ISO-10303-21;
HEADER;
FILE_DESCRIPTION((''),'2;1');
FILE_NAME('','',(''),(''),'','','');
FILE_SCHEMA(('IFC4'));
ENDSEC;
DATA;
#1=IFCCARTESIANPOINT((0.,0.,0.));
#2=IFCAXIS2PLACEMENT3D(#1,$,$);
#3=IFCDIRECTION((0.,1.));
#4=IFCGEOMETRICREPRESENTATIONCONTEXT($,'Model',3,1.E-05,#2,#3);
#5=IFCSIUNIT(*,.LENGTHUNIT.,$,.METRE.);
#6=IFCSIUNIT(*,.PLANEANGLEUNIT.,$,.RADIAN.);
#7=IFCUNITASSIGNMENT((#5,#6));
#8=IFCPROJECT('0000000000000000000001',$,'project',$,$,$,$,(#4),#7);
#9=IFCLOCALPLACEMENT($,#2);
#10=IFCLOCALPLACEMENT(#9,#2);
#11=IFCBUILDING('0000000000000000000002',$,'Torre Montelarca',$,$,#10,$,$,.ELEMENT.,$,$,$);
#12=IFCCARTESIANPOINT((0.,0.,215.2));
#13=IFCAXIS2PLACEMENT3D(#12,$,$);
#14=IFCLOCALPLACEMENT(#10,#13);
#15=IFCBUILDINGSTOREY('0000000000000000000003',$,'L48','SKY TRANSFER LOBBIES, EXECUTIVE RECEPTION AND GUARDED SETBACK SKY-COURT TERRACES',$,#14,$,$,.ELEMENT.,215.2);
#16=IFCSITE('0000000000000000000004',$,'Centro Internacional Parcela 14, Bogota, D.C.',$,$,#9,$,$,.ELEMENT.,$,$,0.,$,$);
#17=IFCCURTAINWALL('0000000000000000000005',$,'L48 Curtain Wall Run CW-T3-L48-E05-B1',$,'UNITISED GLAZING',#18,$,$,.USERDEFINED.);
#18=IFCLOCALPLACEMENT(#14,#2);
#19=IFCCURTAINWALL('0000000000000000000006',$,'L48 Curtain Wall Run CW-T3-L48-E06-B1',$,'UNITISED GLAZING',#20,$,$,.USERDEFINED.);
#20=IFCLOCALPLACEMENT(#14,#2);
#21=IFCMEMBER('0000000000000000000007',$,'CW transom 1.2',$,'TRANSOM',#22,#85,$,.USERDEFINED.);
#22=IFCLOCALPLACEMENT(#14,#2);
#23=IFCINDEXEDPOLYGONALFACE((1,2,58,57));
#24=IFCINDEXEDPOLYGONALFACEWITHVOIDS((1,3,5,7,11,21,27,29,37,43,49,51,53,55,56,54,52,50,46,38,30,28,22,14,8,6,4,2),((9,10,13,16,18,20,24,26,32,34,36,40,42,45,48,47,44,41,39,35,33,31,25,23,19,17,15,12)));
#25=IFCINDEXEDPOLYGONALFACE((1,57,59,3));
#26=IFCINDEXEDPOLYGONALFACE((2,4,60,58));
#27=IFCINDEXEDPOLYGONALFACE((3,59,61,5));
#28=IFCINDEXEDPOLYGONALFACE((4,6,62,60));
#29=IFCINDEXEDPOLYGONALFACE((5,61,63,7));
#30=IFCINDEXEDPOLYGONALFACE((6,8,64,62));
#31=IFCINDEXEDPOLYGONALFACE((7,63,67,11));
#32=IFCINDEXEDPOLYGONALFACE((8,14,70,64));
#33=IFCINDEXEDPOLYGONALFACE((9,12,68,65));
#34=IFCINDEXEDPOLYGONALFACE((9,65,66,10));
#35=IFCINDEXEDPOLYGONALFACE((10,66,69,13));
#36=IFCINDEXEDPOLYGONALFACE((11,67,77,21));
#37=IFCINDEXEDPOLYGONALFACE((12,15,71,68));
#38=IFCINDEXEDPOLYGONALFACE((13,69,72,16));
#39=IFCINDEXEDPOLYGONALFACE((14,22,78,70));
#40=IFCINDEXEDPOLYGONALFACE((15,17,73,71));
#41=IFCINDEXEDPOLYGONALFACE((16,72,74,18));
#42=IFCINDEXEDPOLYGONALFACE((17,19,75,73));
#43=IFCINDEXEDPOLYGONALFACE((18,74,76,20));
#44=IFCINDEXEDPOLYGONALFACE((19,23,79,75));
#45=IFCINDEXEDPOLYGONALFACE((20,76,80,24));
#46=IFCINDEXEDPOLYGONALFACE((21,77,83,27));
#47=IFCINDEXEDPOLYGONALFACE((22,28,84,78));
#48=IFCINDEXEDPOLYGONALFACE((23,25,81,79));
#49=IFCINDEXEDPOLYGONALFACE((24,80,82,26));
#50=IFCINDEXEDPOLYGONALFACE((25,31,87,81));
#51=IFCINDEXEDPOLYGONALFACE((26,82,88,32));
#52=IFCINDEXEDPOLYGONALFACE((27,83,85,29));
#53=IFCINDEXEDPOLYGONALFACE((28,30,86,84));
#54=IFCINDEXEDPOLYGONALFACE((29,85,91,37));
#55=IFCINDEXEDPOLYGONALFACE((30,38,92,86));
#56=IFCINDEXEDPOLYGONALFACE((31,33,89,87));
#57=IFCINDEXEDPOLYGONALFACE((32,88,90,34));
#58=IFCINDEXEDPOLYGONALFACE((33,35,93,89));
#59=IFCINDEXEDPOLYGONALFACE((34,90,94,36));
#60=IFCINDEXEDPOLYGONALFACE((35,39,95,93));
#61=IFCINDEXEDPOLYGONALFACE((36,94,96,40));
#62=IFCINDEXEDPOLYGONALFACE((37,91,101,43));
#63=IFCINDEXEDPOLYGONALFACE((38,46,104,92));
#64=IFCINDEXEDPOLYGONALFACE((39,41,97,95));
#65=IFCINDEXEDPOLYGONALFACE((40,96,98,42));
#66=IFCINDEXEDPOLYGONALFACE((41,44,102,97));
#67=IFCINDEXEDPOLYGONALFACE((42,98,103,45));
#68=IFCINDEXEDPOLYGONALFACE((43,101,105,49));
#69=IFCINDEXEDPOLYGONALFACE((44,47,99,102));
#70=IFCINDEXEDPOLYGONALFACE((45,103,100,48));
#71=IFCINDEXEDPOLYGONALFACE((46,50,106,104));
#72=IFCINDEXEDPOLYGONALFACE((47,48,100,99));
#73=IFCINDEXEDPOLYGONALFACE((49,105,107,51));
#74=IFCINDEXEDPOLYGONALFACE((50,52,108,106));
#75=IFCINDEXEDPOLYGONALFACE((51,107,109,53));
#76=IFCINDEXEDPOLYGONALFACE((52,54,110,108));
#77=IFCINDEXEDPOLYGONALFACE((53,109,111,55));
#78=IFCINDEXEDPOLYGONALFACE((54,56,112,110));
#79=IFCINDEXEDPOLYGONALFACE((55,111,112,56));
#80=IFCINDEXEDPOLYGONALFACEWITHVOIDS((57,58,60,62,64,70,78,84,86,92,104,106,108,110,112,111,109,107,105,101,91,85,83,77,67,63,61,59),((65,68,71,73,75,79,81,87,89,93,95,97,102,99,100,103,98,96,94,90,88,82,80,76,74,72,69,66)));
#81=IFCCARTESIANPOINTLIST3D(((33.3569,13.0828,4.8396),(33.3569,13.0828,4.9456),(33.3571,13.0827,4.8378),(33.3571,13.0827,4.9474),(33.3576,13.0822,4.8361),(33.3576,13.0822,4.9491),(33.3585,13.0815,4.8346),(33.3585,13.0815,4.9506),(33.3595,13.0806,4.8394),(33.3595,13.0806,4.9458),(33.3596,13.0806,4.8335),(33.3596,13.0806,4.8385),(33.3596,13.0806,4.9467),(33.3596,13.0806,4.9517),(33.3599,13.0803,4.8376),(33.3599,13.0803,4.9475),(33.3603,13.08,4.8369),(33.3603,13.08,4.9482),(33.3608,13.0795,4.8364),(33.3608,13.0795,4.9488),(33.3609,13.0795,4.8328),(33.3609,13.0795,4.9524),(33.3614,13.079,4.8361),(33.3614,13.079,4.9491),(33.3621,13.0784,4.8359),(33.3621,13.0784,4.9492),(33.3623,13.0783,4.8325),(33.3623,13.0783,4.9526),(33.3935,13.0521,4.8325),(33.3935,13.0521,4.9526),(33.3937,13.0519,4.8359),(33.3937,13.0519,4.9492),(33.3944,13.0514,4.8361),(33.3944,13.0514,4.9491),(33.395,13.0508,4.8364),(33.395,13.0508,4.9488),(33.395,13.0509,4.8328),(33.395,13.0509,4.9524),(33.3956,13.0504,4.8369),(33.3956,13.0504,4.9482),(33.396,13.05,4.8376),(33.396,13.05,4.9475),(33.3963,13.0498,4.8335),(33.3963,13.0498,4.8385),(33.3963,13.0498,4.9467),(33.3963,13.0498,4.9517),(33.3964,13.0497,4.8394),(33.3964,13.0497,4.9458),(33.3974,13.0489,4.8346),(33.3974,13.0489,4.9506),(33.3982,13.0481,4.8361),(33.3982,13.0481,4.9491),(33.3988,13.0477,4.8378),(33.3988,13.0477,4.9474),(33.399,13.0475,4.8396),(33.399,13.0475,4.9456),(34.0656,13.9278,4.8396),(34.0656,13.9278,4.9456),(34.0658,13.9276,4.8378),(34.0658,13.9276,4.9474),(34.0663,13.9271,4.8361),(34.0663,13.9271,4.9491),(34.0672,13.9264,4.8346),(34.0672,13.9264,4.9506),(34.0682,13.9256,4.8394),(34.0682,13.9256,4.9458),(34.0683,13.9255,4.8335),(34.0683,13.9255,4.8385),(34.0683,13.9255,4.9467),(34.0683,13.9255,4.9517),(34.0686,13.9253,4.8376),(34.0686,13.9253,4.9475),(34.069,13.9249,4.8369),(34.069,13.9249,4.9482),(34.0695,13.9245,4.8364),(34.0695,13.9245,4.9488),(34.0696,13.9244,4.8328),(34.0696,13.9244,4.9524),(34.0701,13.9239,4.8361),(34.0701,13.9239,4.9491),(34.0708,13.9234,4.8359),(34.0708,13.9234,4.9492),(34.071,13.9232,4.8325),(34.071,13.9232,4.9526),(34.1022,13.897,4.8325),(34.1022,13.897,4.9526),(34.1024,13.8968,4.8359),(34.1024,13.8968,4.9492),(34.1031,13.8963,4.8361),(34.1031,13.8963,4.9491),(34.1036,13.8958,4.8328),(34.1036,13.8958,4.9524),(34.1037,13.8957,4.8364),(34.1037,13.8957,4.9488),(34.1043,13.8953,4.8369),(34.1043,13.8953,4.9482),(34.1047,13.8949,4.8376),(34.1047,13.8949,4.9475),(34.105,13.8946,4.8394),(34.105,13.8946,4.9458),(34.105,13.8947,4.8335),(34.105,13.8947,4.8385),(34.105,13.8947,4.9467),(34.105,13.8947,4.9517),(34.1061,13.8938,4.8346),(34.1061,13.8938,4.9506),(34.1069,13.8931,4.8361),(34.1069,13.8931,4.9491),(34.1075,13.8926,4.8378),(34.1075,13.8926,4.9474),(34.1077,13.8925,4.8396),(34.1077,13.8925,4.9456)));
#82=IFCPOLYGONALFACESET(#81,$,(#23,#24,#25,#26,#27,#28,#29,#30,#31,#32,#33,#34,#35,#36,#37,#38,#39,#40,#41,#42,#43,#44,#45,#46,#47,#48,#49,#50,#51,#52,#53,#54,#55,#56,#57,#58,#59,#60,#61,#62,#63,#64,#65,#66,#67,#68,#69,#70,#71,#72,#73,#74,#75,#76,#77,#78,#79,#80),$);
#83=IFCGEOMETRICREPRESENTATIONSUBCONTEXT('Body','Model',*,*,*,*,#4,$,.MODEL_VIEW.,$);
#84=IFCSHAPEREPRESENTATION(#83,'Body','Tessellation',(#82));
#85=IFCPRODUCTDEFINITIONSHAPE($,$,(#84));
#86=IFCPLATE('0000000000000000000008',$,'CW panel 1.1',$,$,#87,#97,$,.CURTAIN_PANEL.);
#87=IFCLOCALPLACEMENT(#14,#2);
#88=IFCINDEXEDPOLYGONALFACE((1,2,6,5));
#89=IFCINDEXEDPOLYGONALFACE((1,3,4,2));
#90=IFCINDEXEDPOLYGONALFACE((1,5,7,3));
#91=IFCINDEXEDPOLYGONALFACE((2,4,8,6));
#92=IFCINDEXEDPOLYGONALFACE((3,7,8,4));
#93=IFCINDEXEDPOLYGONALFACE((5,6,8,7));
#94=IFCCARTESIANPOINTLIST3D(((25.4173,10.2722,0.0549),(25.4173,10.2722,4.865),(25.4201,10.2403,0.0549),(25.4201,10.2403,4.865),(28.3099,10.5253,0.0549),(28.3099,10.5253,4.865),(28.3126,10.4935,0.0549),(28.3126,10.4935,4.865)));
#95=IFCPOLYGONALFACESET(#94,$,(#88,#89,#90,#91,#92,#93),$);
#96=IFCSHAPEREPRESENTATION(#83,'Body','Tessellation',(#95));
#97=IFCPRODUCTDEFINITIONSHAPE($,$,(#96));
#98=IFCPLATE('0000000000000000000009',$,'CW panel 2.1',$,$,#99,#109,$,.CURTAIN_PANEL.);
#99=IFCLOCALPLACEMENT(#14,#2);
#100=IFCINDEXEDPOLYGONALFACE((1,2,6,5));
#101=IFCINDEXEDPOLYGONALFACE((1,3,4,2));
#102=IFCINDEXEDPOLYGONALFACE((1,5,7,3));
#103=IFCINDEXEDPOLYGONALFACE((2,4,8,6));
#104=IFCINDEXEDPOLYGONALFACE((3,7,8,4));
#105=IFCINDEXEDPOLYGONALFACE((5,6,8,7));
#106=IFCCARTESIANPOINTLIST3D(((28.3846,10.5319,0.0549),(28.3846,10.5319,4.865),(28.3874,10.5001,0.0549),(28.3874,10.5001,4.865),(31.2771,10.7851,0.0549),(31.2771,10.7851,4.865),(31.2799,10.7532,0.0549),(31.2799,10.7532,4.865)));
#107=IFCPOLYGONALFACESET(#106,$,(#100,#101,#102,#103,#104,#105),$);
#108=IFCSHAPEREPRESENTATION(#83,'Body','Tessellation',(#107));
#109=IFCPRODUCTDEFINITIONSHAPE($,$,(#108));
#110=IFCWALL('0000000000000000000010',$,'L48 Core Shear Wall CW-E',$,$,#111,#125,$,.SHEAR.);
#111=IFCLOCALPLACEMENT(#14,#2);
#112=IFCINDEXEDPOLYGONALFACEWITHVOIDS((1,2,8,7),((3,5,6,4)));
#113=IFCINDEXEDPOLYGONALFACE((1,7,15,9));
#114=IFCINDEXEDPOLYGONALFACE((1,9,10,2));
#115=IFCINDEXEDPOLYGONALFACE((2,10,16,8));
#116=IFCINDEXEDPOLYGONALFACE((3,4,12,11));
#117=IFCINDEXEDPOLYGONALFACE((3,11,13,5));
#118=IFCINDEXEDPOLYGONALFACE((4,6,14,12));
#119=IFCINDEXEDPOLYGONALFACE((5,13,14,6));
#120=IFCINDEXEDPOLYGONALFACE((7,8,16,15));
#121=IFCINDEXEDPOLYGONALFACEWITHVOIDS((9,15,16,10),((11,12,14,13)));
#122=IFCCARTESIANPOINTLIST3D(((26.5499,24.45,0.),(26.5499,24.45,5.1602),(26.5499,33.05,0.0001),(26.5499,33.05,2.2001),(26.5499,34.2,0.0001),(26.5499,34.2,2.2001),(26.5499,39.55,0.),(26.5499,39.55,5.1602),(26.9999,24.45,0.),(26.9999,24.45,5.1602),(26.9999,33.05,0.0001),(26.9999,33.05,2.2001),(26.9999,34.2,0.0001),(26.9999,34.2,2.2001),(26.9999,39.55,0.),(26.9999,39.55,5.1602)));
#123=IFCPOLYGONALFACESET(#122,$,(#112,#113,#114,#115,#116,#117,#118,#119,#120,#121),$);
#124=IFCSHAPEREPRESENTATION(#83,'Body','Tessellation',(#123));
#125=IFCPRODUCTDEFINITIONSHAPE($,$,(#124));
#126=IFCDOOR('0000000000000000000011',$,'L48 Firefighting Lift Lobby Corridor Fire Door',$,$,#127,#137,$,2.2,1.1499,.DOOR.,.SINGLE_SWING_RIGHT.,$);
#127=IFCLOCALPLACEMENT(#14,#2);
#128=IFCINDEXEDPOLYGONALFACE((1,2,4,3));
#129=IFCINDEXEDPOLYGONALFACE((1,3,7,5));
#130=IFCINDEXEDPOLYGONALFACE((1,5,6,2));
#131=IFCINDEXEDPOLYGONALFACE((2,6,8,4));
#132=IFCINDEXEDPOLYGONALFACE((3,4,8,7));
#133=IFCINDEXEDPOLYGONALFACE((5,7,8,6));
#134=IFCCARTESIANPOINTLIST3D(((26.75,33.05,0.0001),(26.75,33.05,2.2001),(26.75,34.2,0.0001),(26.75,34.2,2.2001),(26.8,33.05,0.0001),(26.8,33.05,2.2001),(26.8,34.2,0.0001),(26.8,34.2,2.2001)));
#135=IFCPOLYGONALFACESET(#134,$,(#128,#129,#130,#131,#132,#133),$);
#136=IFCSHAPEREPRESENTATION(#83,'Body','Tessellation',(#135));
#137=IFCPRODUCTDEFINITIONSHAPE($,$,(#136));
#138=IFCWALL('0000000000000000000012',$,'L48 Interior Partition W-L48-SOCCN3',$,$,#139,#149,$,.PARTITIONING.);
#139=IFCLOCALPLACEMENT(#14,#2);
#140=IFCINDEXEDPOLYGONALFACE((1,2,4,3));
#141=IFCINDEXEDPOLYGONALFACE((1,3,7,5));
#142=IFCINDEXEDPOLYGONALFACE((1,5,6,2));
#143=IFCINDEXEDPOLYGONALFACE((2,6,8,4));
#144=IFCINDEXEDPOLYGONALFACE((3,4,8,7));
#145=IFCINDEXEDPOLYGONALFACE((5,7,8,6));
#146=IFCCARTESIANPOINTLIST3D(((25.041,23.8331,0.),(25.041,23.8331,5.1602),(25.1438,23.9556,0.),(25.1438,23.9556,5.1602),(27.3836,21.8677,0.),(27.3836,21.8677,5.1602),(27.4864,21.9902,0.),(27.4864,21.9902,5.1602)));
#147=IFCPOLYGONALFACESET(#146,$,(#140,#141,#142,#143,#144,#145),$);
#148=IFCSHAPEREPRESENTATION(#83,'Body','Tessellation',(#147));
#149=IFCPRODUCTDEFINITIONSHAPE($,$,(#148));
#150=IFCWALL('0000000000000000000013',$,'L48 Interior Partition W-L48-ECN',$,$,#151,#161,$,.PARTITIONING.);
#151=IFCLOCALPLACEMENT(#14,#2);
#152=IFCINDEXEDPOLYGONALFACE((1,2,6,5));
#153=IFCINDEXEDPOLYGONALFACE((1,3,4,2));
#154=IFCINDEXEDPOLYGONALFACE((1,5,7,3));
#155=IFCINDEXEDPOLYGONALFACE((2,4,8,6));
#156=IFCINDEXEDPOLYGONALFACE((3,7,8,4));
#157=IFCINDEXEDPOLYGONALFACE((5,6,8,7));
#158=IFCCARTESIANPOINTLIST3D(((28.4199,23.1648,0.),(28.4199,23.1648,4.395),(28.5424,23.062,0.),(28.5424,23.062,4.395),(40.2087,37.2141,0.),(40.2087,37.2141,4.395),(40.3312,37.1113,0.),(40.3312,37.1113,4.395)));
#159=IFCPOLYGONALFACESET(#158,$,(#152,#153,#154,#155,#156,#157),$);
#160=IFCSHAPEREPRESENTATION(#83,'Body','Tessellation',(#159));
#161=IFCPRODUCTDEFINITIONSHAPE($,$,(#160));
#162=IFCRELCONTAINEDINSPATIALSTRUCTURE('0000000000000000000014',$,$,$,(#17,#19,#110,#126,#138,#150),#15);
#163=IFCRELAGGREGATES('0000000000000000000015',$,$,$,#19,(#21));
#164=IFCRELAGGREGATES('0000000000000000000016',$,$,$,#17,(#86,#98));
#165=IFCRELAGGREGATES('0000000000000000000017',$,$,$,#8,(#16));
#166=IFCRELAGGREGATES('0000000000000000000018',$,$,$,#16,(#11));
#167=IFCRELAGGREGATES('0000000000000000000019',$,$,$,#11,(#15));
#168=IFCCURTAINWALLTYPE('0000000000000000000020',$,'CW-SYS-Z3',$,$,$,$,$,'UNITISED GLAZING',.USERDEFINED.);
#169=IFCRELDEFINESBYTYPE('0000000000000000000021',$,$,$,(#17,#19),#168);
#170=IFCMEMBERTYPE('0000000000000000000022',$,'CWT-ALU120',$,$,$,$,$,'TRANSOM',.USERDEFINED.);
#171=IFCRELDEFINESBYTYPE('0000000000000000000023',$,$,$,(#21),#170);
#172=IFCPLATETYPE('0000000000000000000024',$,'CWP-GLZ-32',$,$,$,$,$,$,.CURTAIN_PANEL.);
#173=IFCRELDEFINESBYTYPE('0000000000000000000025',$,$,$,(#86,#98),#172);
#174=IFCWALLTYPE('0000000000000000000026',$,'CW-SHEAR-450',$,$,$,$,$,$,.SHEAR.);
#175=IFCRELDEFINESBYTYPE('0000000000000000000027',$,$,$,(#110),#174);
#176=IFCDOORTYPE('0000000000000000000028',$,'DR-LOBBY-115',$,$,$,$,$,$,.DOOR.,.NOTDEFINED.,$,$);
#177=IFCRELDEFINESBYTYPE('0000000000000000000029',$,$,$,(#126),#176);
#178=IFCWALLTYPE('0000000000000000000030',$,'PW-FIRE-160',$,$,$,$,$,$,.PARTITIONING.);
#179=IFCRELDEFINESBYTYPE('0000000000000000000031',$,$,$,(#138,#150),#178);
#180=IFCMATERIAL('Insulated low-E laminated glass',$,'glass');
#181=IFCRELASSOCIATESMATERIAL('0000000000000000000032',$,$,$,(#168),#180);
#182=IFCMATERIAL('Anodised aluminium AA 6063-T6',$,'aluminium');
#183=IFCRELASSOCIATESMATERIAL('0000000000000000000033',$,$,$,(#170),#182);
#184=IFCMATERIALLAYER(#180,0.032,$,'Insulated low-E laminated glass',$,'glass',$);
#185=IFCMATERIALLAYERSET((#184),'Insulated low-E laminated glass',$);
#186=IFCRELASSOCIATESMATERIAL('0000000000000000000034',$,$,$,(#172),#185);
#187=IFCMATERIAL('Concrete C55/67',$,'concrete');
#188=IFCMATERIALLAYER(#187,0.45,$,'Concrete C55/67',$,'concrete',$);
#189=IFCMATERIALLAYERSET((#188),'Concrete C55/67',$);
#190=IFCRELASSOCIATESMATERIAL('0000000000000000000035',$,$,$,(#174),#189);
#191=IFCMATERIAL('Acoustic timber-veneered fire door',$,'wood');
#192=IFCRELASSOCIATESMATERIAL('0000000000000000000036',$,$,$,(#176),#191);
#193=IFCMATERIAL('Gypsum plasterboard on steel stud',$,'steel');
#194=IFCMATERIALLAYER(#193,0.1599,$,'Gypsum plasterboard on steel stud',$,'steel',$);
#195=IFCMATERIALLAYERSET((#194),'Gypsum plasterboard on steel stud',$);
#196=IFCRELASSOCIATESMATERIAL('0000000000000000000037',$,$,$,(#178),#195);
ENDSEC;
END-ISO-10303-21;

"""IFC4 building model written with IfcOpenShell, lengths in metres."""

from ifc_helpers import new_model, si_unit, direction, frame, frame_2d, origin, origin_2d, place, context, subcontext, project, spatial, rectangle, hollow_rectangle, extrude, source, transform, mapped, material, layer, layer_set, material_profile, profile_set, type_object, element, fill, aggregate, save


model = new_model("IFC4")

# Units and contexts
model_context = context("Model", 3, precision=1e-05, world=origin(), true_north=direction((0.0, 1.0)))
body_context = subcontext(model_context, "Body", "Model", "MODEL_VIEW")
ifc_project = project(units=[si_unit("LENGTHUNIT", "METRE"), si_unit("PLANEANGLEUNIT", "RADIAN")], contexts=[model_context])

# Site, building, storey
site_placement = place(None, origin())
site = spatial("IfcSite", under=ifc_project, at=site_placement, Name="Centro Internacional Parcela 14, Bogota, D.C.", CompositionType="ELEMENT", RefElevation=0.0)
building_placement = place(site_placement, origin())
building = spatial("IfcBuilding", under=site, at=building_placement, Name="Torre Montelarca", CompositionType="ELEMENT")
storey_placement = place(building_placement, frame((0.0, 0.0, 215.2)))
storey = spatial("IfcBuildingStorey", under=building, at=storey_placement, Name="L48", Description="SKY TRANSFER LOBBIES, EXECUTIVE RECEPTION AND GUARDED SETBACK SKY-COURT TERRACES", CompositionType="ELEMENT", Elevation=215.2)

# Shared definitions
ifc_material_1 = material(Name="Concrete C55/67", Category="concrete")

# Curtain wall
ifc_material_2 = material(Name="Insulated low-E laminated glass", Category="glass")
curtain_wall_type = type_object("IfcCurtainWallType", Name="CW-SYS-Z3", ElementType="UNITISED GLAZING", PredefinedType="USERDEFINED", material=ifc_material_2)
curtain_wall_1_placement = place(storey_placement, origin())
curtain_wall_1 = element("IfcCurtainWall", 1, at=curtain_wall_1_placement, inside=storey, type_object=curtain_wall_type, Name="L48 Curtain Wall Run CW-T3-L48-E05-B1", ObjectType="UNITISED GLAZING", PredefinedType="USERDEFINED")
ifc_material_3 = material(Name="Anodised aluminium AA 6063-T6", Category="aluminium")

# Curtain wall
curtain_wall_2_placement = place(storey_placement, origin())
curtain_wall_2 = element("IfcCurtainWall", 2, at=curtain_wall_2_placement, inside=storey, type_object=curtain_wall_type, Name="L48 Curtain Wall Run CW-T3-L48-E06-B1", ObjectType="UNITISED GLAZING", PredefinedType="USERDEFINED")

# Member
ifc_material_profile_1 = material_profile(ifc_material_3, hollow_rectangle(XDim=0.0549, YDim=0.1201, WallThickness=0.0034, InnerFilletRadius=0.0034, OuterFilletRadius=0.0071, at=origin_2d()), Name="ALU55X120X3.5", Category="aluminium")
ifc_profile_set_1 = profile_set([ifc_material_profile_1], Name="Anodised aluminium AA 6063-T6")
member_type_1 = type_object("IfcMemberType", Name="CWT-ALU120", ElementType="TRANSOM", PredefinedType="USERDEFINED", material=ifc_profile_set_1)
shared_shape_1 = source(origin(), body_context, "Body", "SweptSolid", [
    extrude(hollow_rectangle(XDim=0.0549, YDim=0.1201, WallThickness=0.0034, InnerFilletRadius=0.0034, OuterFilletRadius=0.0071, at=origin_2d()), origin(), (0.0, 0.0, 1.0), 1.1028),
])
member_1_placement = place(storey_placement, frame((33.3779, 13.0652, 4.8926), z_axis=(0.642642, 0.766167, 0.0), x_axis=(-0.766167, 0.642642, 0.0)))
member_1 = element("IfcMember", 3, at=member_1_placement, type_object=member_type_1, Name="CW transom 1.2", ObjectType="TRANSOM", PredefinedType="USERDEFINED", context=body_context, shape_type="MappedRepresentation", body=[
    mapped(shared_shape_1, transform((0.0, 0.0, 0.0), scale=1.0)),
])
aggregate(curtain_wall_2, [member_1])

# Plates
ifc_layer_1 = layer(ifc_material_2, 0.032, Name="Insulated low-E laminated glass", Category="glass")
ifc_layer_set_1 = layer_set([ifc_layer_1], Name="Insulated low-E laminated glass")
plate_type = type_object("IfcPlateType", Name="CWP-GLZ-32", PredefinedType="CURTAIN_PANEL", material=ifc_layer_set_1)
shared_shape_2 = source(origin(), body_context, "Body", "SweptSolid", [
    extrude(rectangle(XDim=2.9036, YDim=0.032, at=origin_2d()), origin(), (0.0, 0.0, 1.0), 4.8101),
])
plate_1_placement = place(storey_placement, frame((26.865, 10.3828, 0.0549), z_axis=(0.0, 0.0, 1.0), x_axis=(0.996192, 0.087181, 0.0)))
plate_1 = element("IfcPlate", 4, at=plate_1_placement, type_object=plate_type, Name="CW panel 1.1", PredefinedType="CURTAIN_PANEL", context=body_context, shape_type="MappedRepresentation", body=[
    mapped(shared_shape_2, transform((0.0, 0.0, 0.0), scale=1.0)),
])
plate_2_placement = place(storey_placement, frame((29.8323, 10.6426, 0.0549), z_axis=(0.0, 0.0, 1.0), x_axis=(0.996192, 0.087181, 0.0)))
plate_2 = element("IfcPlate", 5, at=plate_2_placement, type_object=plate_type, Name="CW panel 2.1", PredefinedType="CURTAIN_PANEL", context=body_context, shape_type="MappedRepresentation", body=[
    mapped(shared_shape_2, transform((0.0, 0.0, 0.0), scale=1.0)),
])
aggregate(curtain_wall_1, [plate_1, plate_2])

# Wall, opening, door
ifc_layer_2 = layer(ifc_material_1, 0.45, Name="Concrete C55/67", Category="concrete")
ifc_layer_set_2 = layer_set([ifc_layer_2], Name="Concrete C55/67")
wall_type_1 = type_object("IfcWallType", Name="CW-SHEAR-450", PredefinedType="SHEAR", material=ifc_layer_set_2)
wall_1_placement = place(storey_placement, frame((26.7749, 24.45, 0.0), z_axis=(0.0, 0.0, 1.0), x_axis=(0.0, 1.0, 0.0)))
wall_1 = element("IfcWall", 6, at=wall_1_placement, inside=storey, type_object=wall_type_1, Name="L48 Core Shear Wall CW-E", PredefinedType="SHEAR", context=body_context, shape_type="SweptSolid", body=[
    extrude(rectangle(XDim=15.1001, YDim=0.45, at=frame_2d((7.55, 0.0))), origin(), (0.0, 0.0, 1.0), 5.1602),
])
opening_1_placement = place(wall_1_placement, frame((8.6001, 0.0, 0.0)))
opening_1 = element("IfcOpeningElement", 7, at=opening_1_placement, cuts=wall_1, PredefinedType="OPENING", context=body_context, shape_type="SweptSolid", body=[
    extrude(rectangle(XDim=1.1499, YDim=2.2, at=frame_2d((0.575, 1.1001))), frame((0.0, 0.2349, 0.0), z_axis=(0.0, -1.0, 0.0), x_axis=(1.0, 0.0, 0.0)), (0.0, 0.0, 1.0), 0.47),
])
ifc_material_4 = material(Name="Acoustic timber-veneered fire door", Category="wood")
door_type_1 = type_object("IfcDoorType", Name="DR-LOBBY-115", OperationType="NOTDEFINED", PredefinedType="DOOR", material=ifc_material_4)
shared_shape_3 = source(origin(), body_context, "Body", "SweptSolid", [
    extrude(rectangle(XDim=1.1499, YDim=2.2, at=frame_2d((0.575, 1.1001))), frame((0.0, 0.0249, 0.0), z_axis=(0.0, -1.0, 0.0), x_axis=(1.0, 0.0, 0.0)), (0.0, 0.0, 1.0), 0.05),
])
door_1_placement = place(opening_1_placement, origin())
door_1 = element("IfcDoor", 8, at=door_1_placement, inside=storey, type_object=door_type_1, Name="L48 Firefighting Lift Lobby Corridor Fire Door", OperationType="SINGLE_SWING_RIGHT", OverallHeight=2.2, OverallWidth=1.1499, PredefinedType="DOOR", context=body_context, shape_type="MappedRepresentation", body=[
    mapped(shared_shape_3, transform((0.0, 0.0, 0.0), scale=1.0)),
])
fill(opening_1, door_1)

# Walls
ifc_material_5 = material(Name="Gypsum plasterboard on steel stud", Category="steel")
ifc_layer_3 = layer(ifc_material_5, 0.1599, Name="Gypsum plasterboard on steel stud", Category="steel")
ifc_layer_set_3 = layer_set([ifc_layer_3], Name="Gypsum plasterboard on steel stud")
wall_type_2 = type_object("IfcWallType", Name="PW-FIRE-160", PredefinedType="PARTITIONING", material=ifc_layer_set_3)
wall_2_placement = place(storey_placement, frame((25.0925, 23.8943, 0.0), z_axis=(0.0, 0.0, 1.0), x_axis=(0.76609, -0.642733, 0.0)))
element("IfcWall", 9, at=wall_2_placement, inside=storey, type_object=wall_type_2, Name="L48 Interior Partition W-L48-SOCCN3", PredefinedType="PARTITIONING", context=body_context, shape_type="SweptSolid", body=[
    extrude(rectangle(XDim=3.0579, YDim=0.1599, at=frame_2d((1.5288, 0.0))), origin(), (0.0, 0.0, 1.0), 5.1602),
])
wall_3_placement = place(storey_placement, frame((28.4812, 23.1135, 0.0), z_axis=(0.0, 0.0, 1.0), x_axis=(0.642789, 0.766043, 0.0)))
element("IfcWall", 10, at=wall_3_placement, inside=storey, type_object=wall_type_2, Name="L48 Interior Partition W-L48-ECN", PredefinedType="PARTITIONING", context=body_context, shape_type="SweptSolid", body=[
    extrude(rectangle(XDim=18.3401, YDim=0.1599, at=frame_2d((9.1699, 0.0))), origin(), (0.0, 0.0, 1.0), 4.395),
])

save(model, "model.ifc")
